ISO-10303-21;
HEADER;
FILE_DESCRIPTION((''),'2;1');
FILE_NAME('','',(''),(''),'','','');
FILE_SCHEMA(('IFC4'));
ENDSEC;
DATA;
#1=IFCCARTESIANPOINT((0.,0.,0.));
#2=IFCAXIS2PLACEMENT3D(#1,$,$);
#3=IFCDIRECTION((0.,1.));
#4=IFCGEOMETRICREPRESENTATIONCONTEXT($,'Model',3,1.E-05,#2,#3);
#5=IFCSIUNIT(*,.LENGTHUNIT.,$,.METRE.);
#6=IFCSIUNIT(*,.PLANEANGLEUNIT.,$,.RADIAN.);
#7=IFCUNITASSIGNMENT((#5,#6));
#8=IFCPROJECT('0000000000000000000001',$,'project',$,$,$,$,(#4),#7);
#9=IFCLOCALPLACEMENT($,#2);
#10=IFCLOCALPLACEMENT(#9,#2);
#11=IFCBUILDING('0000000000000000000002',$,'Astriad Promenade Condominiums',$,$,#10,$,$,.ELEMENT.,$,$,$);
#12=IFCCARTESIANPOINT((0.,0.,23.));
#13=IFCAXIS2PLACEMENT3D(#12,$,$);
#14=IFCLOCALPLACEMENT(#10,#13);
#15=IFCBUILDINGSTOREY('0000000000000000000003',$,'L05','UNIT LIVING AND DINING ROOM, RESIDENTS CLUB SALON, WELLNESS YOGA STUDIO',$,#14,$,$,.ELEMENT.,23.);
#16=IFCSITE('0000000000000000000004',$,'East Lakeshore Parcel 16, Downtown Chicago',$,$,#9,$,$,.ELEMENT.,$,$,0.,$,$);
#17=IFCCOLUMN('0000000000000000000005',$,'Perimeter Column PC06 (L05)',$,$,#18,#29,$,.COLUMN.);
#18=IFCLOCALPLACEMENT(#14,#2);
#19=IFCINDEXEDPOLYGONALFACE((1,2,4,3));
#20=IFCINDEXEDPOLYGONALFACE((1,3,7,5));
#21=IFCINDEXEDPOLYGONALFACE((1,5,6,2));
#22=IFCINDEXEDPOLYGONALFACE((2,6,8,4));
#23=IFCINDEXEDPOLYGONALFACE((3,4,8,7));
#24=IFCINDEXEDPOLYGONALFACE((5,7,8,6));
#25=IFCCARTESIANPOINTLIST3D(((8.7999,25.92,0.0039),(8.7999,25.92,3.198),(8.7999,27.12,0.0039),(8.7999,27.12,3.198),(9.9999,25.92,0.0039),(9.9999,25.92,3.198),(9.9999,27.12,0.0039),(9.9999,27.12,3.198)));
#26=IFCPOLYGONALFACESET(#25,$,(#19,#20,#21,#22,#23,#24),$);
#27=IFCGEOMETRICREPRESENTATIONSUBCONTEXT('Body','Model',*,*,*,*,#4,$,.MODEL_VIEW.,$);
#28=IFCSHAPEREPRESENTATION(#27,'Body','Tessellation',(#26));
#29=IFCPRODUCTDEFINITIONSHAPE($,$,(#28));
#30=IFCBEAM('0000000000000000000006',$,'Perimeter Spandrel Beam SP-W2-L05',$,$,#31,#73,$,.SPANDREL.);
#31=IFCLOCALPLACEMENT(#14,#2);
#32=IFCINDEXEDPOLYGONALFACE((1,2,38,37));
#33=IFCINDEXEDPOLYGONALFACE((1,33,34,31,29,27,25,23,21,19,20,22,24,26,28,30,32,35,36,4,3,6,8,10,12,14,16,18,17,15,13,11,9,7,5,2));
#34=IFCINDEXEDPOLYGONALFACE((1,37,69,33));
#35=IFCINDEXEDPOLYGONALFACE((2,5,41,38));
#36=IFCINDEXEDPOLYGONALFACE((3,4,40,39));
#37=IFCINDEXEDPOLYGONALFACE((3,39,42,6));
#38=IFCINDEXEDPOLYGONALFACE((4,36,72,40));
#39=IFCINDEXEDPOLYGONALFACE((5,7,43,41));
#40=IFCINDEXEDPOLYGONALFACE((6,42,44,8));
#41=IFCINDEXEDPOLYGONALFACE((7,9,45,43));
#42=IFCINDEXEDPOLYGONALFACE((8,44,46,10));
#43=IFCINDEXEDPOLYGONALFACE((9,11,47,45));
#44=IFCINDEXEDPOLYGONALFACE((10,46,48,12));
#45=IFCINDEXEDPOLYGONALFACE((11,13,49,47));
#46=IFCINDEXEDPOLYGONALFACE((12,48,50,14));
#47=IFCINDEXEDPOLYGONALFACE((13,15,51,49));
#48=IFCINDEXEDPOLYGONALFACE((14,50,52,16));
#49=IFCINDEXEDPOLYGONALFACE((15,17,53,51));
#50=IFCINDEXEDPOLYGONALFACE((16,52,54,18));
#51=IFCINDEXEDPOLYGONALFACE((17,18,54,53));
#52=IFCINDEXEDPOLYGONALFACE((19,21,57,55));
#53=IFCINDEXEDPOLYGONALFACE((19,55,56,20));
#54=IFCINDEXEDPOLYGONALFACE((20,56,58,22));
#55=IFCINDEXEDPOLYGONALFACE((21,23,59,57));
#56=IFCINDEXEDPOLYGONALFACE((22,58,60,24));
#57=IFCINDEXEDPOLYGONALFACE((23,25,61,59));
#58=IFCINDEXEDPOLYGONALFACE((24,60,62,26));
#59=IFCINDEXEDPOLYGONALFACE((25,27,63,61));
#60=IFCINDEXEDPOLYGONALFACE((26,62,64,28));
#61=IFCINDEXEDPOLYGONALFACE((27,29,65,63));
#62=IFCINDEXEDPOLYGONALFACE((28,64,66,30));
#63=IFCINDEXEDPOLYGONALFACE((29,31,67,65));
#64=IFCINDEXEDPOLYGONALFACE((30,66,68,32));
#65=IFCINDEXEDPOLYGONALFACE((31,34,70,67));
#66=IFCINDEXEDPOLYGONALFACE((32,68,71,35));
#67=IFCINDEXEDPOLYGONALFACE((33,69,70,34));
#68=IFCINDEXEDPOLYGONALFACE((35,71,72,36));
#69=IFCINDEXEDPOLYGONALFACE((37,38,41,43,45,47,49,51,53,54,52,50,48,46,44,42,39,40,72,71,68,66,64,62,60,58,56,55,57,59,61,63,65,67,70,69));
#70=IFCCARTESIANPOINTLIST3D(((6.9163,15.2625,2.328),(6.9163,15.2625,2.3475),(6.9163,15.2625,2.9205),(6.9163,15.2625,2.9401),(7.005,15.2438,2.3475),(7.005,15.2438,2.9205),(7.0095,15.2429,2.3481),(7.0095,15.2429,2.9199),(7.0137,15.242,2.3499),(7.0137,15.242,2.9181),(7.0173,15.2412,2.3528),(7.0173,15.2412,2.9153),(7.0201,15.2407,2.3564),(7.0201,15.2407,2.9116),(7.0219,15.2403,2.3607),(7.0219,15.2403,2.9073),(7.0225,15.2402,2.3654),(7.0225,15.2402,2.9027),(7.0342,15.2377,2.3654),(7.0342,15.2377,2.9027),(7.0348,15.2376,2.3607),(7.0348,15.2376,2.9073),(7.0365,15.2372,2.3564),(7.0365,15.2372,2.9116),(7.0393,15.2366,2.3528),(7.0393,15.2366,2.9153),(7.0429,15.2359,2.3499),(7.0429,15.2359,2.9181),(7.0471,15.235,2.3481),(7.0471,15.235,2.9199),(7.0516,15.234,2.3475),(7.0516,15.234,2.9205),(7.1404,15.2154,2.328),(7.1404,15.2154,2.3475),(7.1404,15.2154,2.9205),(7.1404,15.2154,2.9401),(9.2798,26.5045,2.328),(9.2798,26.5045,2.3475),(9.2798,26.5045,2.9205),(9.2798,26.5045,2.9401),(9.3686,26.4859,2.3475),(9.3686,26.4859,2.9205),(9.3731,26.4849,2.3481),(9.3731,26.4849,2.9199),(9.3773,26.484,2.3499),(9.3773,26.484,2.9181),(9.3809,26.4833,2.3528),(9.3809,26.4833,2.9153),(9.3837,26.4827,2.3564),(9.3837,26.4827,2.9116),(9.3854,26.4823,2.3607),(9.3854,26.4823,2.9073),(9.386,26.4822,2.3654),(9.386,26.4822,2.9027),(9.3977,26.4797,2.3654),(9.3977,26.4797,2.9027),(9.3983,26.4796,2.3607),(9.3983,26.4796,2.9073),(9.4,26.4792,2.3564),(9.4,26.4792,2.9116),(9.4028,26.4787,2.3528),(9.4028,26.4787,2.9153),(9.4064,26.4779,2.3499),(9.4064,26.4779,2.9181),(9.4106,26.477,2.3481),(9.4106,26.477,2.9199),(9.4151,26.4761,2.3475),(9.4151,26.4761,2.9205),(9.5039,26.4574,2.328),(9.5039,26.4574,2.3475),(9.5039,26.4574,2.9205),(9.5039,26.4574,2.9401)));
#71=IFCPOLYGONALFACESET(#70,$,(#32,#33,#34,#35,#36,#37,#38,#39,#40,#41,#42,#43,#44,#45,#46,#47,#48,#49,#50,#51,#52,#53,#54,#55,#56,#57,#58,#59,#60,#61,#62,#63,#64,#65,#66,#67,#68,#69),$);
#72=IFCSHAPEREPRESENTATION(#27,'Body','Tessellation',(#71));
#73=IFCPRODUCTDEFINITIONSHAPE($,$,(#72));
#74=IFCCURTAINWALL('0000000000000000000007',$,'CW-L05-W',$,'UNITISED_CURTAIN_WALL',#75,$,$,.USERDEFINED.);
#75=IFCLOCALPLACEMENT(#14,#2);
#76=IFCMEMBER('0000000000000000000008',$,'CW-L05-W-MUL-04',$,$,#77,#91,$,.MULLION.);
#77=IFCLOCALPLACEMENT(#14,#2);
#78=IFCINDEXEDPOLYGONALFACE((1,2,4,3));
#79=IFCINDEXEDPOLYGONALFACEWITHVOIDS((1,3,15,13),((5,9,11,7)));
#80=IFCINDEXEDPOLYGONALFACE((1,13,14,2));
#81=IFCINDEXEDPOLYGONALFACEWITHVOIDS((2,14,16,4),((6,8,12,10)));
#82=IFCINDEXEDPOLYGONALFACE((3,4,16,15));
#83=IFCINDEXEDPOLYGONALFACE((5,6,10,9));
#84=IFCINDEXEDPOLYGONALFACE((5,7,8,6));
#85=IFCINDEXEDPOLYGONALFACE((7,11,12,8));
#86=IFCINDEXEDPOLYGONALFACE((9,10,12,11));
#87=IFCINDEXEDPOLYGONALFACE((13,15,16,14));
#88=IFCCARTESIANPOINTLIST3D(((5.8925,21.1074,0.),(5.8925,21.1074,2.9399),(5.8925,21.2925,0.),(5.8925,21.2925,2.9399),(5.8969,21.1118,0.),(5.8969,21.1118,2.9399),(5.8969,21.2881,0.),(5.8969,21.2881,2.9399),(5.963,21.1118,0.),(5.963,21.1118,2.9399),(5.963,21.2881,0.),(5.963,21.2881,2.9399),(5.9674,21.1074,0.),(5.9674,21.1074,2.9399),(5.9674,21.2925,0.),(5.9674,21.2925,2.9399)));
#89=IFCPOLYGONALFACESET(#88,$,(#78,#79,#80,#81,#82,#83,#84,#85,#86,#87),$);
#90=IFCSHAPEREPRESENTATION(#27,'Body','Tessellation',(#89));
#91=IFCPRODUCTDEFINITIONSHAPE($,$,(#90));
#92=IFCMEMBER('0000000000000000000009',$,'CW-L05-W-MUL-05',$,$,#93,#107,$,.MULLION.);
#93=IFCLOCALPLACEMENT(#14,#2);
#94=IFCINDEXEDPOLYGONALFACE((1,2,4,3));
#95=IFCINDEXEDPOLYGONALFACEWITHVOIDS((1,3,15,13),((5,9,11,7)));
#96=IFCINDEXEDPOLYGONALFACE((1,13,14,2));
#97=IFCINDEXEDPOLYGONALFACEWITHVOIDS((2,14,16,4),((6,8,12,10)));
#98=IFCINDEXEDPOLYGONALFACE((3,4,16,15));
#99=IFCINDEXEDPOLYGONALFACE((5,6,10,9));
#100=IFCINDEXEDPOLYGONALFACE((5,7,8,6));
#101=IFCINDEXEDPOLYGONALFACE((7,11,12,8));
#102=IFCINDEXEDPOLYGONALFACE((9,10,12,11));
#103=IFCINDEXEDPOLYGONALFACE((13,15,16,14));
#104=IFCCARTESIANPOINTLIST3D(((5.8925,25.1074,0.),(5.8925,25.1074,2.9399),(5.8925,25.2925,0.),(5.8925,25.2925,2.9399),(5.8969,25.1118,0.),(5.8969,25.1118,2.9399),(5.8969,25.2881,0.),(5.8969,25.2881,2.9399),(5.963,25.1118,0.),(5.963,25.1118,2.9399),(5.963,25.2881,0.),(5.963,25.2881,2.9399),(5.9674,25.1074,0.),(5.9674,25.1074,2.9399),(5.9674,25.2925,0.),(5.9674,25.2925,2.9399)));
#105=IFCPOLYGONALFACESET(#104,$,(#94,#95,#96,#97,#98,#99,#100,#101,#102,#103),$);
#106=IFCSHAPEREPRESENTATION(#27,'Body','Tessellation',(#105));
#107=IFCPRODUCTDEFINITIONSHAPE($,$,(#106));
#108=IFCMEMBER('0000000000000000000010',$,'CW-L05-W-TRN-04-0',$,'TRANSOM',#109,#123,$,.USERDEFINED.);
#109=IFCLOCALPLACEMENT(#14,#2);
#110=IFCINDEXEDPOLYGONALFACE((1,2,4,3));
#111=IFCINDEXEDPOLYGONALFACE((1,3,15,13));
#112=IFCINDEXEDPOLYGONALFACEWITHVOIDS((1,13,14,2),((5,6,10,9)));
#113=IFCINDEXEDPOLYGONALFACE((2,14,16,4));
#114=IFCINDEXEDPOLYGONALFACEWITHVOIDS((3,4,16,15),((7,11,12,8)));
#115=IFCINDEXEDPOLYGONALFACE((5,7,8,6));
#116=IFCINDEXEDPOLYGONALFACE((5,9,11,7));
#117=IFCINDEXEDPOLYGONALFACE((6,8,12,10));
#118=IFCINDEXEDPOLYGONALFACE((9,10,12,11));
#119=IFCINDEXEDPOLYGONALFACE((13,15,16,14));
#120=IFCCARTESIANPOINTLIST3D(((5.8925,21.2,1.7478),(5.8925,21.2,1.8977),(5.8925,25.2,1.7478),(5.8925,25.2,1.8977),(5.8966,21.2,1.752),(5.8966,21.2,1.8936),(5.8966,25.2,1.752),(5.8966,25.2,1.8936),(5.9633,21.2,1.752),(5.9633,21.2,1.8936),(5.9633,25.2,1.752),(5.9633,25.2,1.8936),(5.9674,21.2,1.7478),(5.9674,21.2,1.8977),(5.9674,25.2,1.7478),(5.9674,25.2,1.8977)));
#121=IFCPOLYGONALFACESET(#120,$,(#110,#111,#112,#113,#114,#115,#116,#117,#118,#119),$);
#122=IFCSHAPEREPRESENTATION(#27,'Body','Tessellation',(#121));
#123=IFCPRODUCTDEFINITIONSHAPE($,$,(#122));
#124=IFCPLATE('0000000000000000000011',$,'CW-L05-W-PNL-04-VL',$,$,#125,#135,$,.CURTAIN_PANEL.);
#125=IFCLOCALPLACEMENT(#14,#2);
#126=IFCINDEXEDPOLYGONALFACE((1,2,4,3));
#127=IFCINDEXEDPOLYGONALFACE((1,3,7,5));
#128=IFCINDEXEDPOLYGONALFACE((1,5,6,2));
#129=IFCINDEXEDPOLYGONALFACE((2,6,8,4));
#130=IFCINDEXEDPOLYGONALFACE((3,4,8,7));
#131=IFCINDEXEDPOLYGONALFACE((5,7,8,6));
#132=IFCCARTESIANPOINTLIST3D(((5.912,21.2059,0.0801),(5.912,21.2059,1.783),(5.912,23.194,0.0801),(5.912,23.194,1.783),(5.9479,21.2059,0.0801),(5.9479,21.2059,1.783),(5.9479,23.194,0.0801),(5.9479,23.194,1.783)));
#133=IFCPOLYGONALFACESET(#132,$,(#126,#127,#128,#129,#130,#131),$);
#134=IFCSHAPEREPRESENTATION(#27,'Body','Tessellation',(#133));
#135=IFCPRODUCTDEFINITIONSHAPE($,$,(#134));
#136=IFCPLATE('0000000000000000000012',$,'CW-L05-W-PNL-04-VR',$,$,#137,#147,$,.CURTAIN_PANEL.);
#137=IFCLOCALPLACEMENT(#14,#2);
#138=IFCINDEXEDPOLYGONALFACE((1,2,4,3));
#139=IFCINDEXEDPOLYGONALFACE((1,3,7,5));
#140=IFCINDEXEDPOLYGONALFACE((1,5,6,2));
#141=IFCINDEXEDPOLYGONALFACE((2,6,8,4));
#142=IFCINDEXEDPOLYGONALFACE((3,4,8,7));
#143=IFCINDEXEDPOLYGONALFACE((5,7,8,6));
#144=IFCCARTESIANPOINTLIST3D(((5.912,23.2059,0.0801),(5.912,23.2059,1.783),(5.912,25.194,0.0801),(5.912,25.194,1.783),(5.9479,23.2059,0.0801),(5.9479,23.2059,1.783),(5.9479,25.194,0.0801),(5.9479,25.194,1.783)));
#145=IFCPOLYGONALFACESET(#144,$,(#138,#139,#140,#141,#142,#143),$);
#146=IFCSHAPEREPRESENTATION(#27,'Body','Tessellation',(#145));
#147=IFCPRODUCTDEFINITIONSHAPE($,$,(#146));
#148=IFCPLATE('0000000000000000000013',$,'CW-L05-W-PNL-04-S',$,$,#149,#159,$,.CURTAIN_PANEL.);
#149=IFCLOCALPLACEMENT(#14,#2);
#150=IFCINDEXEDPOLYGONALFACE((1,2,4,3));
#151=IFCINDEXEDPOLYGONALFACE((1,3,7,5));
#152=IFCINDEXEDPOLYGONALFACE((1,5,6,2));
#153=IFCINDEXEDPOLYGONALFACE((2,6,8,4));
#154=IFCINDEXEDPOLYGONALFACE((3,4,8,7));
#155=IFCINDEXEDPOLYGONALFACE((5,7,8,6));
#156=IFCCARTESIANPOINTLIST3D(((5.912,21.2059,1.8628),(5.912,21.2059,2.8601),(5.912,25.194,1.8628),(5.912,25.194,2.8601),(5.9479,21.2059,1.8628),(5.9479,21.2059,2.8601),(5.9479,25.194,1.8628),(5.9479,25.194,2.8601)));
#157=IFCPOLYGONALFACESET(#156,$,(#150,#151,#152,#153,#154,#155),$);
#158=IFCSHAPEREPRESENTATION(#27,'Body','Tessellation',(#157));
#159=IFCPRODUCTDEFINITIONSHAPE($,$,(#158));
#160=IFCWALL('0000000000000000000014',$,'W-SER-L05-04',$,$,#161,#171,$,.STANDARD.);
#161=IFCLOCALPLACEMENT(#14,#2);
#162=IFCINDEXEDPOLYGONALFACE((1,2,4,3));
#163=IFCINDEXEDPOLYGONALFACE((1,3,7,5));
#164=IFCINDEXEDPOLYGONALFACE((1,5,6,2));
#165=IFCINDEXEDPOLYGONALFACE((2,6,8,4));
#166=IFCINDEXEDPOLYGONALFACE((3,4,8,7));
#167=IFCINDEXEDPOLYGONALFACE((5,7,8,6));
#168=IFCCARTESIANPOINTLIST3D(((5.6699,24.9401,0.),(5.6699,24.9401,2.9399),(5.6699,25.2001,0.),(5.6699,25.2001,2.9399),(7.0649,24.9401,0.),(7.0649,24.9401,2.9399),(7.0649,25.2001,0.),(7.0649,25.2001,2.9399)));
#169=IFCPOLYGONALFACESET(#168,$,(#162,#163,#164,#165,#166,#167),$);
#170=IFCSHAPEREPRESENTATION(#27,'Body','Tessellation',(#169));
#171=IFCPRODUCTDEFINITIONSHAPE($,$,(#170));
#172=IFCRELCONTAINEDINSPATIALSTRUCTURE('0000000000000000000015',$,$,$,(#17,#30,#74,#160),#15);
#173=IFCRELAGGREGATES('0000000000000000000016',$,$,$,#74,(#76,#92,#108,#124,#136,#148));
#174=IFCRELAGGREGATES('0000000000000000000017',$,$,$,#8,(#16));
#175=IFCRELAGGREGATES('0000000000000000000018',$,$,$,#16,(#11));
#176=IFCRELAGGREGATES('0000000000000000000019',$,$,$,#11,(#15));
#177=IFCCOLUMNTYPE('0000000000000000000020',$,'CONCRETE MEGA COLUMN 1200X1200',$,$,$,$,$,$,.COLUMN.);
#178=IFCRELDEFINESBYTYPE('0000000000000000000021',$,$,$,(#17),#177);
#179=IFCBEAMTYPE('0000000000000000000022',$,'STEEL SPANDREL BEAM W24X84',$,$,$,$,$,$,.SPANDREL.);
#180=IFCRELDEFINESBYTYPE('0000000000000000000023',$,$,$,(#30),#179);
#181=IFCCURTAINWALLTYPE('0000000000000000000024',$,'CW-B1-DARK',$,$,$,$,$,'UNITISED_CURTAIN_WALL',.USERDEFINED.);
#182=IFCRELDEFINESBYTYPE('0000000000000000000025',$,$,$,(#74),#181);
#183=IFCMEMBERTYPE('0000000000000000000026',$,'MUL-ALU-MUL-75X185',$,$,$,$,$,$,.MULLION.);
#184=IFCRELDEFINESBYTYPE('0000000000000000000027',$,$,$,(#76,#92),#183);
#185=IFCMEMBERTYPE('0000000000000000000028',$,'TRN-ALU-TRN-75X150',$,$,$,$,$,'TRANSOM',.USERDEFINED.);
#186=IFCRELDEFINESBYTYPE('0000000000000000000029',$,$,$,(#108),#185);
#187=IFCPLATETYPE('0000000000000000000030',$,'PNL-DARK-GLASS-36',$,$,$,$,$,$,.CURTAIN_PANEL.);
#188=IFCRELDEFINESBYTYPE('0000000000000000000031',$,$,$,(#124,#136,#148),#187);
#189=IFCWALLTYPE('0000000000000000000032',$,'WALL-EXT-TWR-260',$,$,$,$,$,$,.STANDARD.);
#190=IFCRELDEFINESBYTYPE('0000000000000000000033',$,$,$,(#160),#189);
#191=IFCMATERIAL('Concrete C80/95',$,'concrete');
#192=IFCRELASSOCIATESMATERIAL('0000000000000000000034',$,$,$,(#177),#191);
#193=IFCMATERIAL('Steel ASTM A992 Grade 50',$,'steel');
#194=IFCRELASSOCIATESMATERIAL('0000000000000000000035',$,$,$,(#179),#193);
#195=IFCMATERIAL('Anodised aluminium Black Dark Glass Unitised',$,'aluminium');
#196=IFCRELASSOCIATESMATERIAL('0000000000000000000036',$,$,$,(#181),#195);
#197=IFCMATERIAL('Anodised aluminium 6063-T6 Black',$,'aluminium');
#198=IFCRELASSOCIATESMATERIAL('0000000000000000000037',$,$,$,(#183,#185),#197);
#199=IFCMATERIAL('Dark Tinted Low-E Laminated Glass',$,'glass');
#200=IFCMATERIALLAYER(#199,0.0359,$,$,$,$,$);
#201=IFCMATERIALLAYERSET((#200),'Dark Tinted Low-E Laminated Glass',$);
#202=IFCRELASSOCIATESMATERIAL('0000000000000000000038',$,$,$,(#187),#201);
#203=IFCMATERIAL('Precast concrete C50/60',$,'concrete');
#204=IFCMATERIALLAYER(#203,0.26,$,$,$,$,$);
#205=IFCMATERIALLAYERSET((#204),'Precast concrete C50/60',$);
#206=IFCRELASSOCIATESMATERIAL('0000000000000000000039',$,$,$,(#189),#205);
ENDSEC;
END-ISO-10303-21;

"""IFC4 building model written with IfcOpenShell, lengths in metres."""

from ifc_helpers import new_model, si_unit, direction, frame, frame_2d, origin, origin_2d, place, context, subcontext, project, spatial, rectangle, hollow_rectangle, i_section, extrude, source, transform, mapped, material, layer, layer_set, material_profile, profile_set, type_object, type_shapes, element, aggregate, save


model = new_model("IFC4")

# Units and contexts
model_context = context("Model", 3, precision=1e-05, world=origin(), true_north=direction((0.0, 1.0)))
body_context = subcontext(model_context, "Body", "Model", "MODEL_VIEW")
ifc_project = project(units=[si_unit("LENGTHUNIT", "METRE"), si_unit("PLANEANGLEUNIT", "RADIAN")], contexts=[model_context])

# Site, building, storey
site_placement = place(None, origin())
site = spatial("IfcSite", under=ifc_project, at=site_placement, Name="East Lakeshore Parcel 16, Downtown Chicago", CompositionType="ELEMENT", RefElevation=0.0)
building_placement = place(site_placement, origin())
building = spatial("IfcBuilding", under=site, at=building_placement, Name="Astriad Promenade Condominiums", CompositionType="ELEMENT")
storey_placement = place(building_placement, frame((0.0, 0.0, 23.0)))
storey = spatial("IfcBuildingStorey", under=building, at=storey_placement, Name="L05", Description="UNIT LIVING AND DINING ROOM, RESIDENTS CLUB SALON, WELLNESS YOGA STUDIO", CompositionType="ELEMENT", Elevation=23.0)

# Column
ifc_material_1 = material(Name="Concrete C80/95", Category="concrete")
ifc_material_profile_1 = material_profile(ifc_material_1, rectangle(XDim=1.2, YDim=1.2, at=origin_2d()), Name="RC-COL-1200X1200")
ifc_profile_set_1 = profile_set([ifc_material_profile_1], Name="Concrete C80/95")
column_type = type_object("IfcColumnType", Name="CONCRETE MEGA COLUMN 1200X1200", PredefinedType="COLUMN", material=ifc_profile_set_1)
shared_shape_1 = source(origin(), body_context, "Body", "SweptSolid", [
    extrude(rectangle(XDim=1.2, YDim=1.2, at=origin_2d()), origin(), (0.0, 0.0, 1.0), 3.1941),
])
type_shapes(column_type, [shared_shape_1])
column_placement = place(storey_placement, frame((9.3999, 26.52, 0.0039), z_axis=(0.0, 0.0, 1.0), x_axis=(1.0, 0.0, 0.0)))
element("IfcColumn", 1, at=column_placement, inside=storey, type_object=column_type, Name="Perimeter Column PC06 (L05)", PredefinedType="COLUMN", context=body_context, shape_type="MappedRepresentation", body=[
    mapped(shared_shape_1, transform((0.0, 0.0, 0.0), scale=1.0)),
])

# Beam
ifc_material_2 = material(Name="Steel ASTM A992 Grade 50", Category="steel")
ifc_material_profile_2 = material_profile(ifc_material_2, i_section(OverallWidth=0.229, OverallDepth=0.6121, WebThickness=0.012, FlangeThickness=0.0195, FilletRadius=0.0178, at=origin_2d()), Name="W24X84")
ifc_profile_set_2 = profile_set([ifc_material_profile_2], Name="Steel ASTM A992 Grade 50")
beam_type = type_object("IfcBeamType", Name="STEEL SPANDREL BEAM W24X84", PredefinedType="SPANDREL", material=ifc_profile_set_2)
shared_shape_2 = source(origin(), body_context, "Body", "SweptSolid", [
    extrude(i_section(OverallWidth=0.229, OverallDepth=0.6121, WebThickness=0.012, FlangeThickness=0.0195, FilletRadius=0.0178, at=origin_2d()), origin(), (0.0, 0.0, 1.0), 11.4878),
])
type_shapes(beam_type, [shared_shape_2])
beam_placement = place(storey_placement, frame((9.3918, 26.481, 2.634), z_axis=(-0.205744, -0.978606, 0.0), x_axis=(0.978606, -0.205744, 0.0)))
element("IfcBeam", 2, at=beam_placement, inside=storey, type_object=beam_type, Name="Perimeter Spandrel Beam SP-W2-L05", PredefinedType="SPANDREL", context=body_context, shape_type="MappedRepresentation", body=[
    mapped(shared_shape_2, transform((0.0, 0.0, 0.0), scale=1.0)),
])

# Curtain wall, members, plates
ifc_material_3 = material(Name="Anodised aluminium Black Dark Glass Unitised", Category="aluminium")
curtain_wall_type = type_object("IfcCurtainWallType", Name="CW-B1-DARK", ElementType="UNITISED_CURTAIN_WALL", PredefinedType="USERDEFINED", material=ifc_material_3)
curtain_wall_placement = place(storey_placement, origin())
curtain_wall = element("IfcCurtainWall", 3, at=curtain_wall_placement, inside=storey, type_object=curtain_wall_type, Name="CW-L05-W", ObjectType="UNITISED_CURTAIN_WALL", PredefinedType="USERDEFINED")
ifc_material_4 = material(Name="Anodised aluminium 6063-T6 Black", Category="aluminium")
ifc_material_profile_3 = material_profile(ifc_material_4, hollow_rectangle(XDim=0.075, YDim=0.1851, WallThickness=0.0044, at=origin_2d()), Name="ALU-MUL-75X185")
ifc_profile_set_3 = profile_set([ifc_material_profile_3], Name="Anodised aluminium 6063-T6 Black")
member_type_1 = type_object("IfcMemberType", Name="MUL-ALU-MUL-75X185", PredefinedType="MULLION", material=ifc_profile_set_3)
shared_shape_3 = source(origin(), body_context, "Body", "SweptSolid", [
    extrude(hollow_rectangle(XDim=0.075, YDim=0.1851, WallThickness=0.0044, at=origin_2d()), origin(), (0.0, 0.0, 1.0), 2.9399),
])
type_shapes(member_type_1, [shared_shape_3])
member_1_placement = place(storey_placement, frame((5.9299, 21.2, 0.0), z_axis=(0.0, 0.0, 1.0), x_axis=(1.0, 0.0, 0.0)))
member_1 = element("IfcMember", 4, at=member_1_placement, type_object=member_type_1, Name="CW-L05-W-MUL-04", PredefinedType="MULLION", context=body_context, shape_type="MappedRepresentation", body=[
    mapped(shared_shape_3, transform((0.0, 0.0, 0.0), scale=1.0)),
])
member_2_placement = place(storey_placement, frame((5.9299, 25.2, 0.0), z_axis=(0.0, 0.0, 1.0), x_axis=(1.0, 0.0, 0.0)))
member_2 = element("IfcMember", 5, at=member_2_placement, type_object=member_type_1, Name="CW-L05-W-MUL-05", PredefinedType="MULLION", context=body_context, shape_type="MappedRepresentation", body=[
    mapped(shared_shape_3, transform((0.0, 0.0, 0.0), scale=1.0)),
])
ifc_material_profile_4 = material_profile(ifc_material_4, hollow_rectangle(XDim=0.075, YDim=0.1499, WallThickness=0.0042, at=origin_2d()), Name="ALU-TRN-75X150")
ifc_profile_set_4 = profile_set([ifc_material_profile_4], Name="Anodised aluminium 6063-T6 Black")
member_type_2 = type_object("IfcMemberType", Name="TRN-ALU-TRN-75X150", ElementType="TRANSOM", PredefinedType="USERDEFINED", material=ifc_profile_set_4)
shared_shape_4 = source(origin(), body_context, "Body", "SweptSolid", [
    extrude(hollow_rectangle(XDim=0.075, YDim=0.1499, WallThickness=0.0042, at=origin_2d()), origin(), (0.0, 0.0, 1.0), 4.0),
])
type_shapes(member_type_2, [shared_shape_4])
member_3_placement = place(storey_placement, frame((5.9299, 21.2, 1.8228), z_axis=(0.0, 1.0, 0.0), x_axis=(-1.0, 0.0, 0.0)))
member_3 = element("IfcMember", 6, at=member_3_placement, type_object=member_type_2, Name="CW-L05-W-TRN-04-0", ObjectType="TRANSOM", PredefinedType="USERDEFINED", context=body_context, shape_type="MappedRepresentation", body=[
    mapped(shared_shape_4, transform((0.0, 0.0, 0.0), scale=1.0)),
])
ifc_material_5 = material(Name="Dark Tinted Low-E Laminated Glass", Category="glass")
ifc_layer_1 = layer(ifc_material_5, 0.0359)
ifc_layer_set_1 = layer_set([ifc_layer_1], Name="Dark Tinted Low-E Laminated Glass")
plate_type = type_object("IfcPlateType", Name="PNL-DARK-GLASS-36", PredefinedType="CURTAIN_PANEL", material=ifc_layer_set_1)
shared_shape_5 = source(origin(), body_context, "Body", "SweptSolid", [
    extrude(rectangle(XDim=1.988, YDim=0.0359, at=origin_2d()), origin(), (0.0, 0.0, 1.0), 1.7029),
])
plate_1_placement = place(storey_placement, frame((5.9299, 22.2, 0.0801), z_axis=(0.0, 0.0, 1.0), x_axis=(0.0, 1.0, 0.0)))
plate_1 = element("IfcPlate", 7, at=plate_1_placement, type_object=plate_type, Name="CW-L05-W-PNL-04-VL", PredefinedType="CURTAIN_PANEL", context=body_context, shape_type="MappedRepresentation", body=[
    mapped(shared_shape_5, transform((0.0, 0.0, 0.0), scale=1.0)),
])
plate_2_placement = place(storey_placement, frame((5.9299, 24.2, 0.0801), z_axis=(0.0, 0.0, 1.0), x_axis=(0.0, 1.0, 0.0)))
plate_2 = element("IfcPlate", 8, at=plate_2_placement, type_object=plate_type, Name="CW-L05-W-PNL-04-VR", PredefinedType="CURTAIN_PANEL", context=body_context, shape_type="MappedRepresentation", body=[
    mapped(shared_shape_5, transform((0.0, 0.0, 0.0), scale=1.0)),
])
shared_shape_6 = source(origin(), body_context, "Body", "SweptSolid", [
    extrude(rectangle(XDim=3.988, YDim=0.0359, at=origin_2d()), origin(), (0.0, 0.0, 1.0), 0.9973),
])
type_shapes(plate_type, [shared_shape_5, shared_shape_6])
plate_3_placement = place(storey_placement, frame((5.9299, 23.2, 1.8628), z_axis=(0.0, 0.0, 1.0), x_axis=(0.0, 1.0, 0.0)))
plate_3 = element("IfcPlate", 9, at=plate_3_placement, type_object=plate_type, Name="CW-L05-W-PNL-04-S", PredefinedType="CURTAIN_PANEL", context=body_context, shape_type="MappedRepresentation", body=[
    mapped(shared_shape_6, transform((0.0, 0.0, 0.0), scale=1.0)),
])
aggregate(curtain_wall, [member_1, member_2, member_3, plate_1, plate_2, plate_3])

# Wall
ifc_material_6 = material(Name="Precast concrete C50/60", Category="concrete")
ifc_layer_2 = layer(ifc_material_6, 0.26)
ifc_layer_set_2 = layer_set([ifc_layer_2], Name="Precast concrete C50/60")
wall_type_1 = type_object("IfcWallType", Name="WALL-EXT-TWR-260", PredefinedType="STANDARD", material=ifc_layer_set_2)
for number, where, z_axis, x_axis, name in (
    (10, (5.6699, 25.0701, 0.0), (0.0, 0.0, 1.0), (1.0, 0.0, 0.0), "W-SER-L05-04"),
):
    element("IfcWall", number, at=place(storey_placement, frame(where, z_axis=z_axis, x_axis=x_axis)), inside=storey, type_object=wall_type_1, Name=name, PredefinedType="STANDARD", context=body_context, shape_type="SweptSolid", body=[
        extrude(rectangle(XDim=1.395, YDim=0.26, at=frame_2d((0.6975, 0.0))), origin(), (0.0, 0.0, 1.0), 2.9399),
    ])

save(model, "model.ifc")
